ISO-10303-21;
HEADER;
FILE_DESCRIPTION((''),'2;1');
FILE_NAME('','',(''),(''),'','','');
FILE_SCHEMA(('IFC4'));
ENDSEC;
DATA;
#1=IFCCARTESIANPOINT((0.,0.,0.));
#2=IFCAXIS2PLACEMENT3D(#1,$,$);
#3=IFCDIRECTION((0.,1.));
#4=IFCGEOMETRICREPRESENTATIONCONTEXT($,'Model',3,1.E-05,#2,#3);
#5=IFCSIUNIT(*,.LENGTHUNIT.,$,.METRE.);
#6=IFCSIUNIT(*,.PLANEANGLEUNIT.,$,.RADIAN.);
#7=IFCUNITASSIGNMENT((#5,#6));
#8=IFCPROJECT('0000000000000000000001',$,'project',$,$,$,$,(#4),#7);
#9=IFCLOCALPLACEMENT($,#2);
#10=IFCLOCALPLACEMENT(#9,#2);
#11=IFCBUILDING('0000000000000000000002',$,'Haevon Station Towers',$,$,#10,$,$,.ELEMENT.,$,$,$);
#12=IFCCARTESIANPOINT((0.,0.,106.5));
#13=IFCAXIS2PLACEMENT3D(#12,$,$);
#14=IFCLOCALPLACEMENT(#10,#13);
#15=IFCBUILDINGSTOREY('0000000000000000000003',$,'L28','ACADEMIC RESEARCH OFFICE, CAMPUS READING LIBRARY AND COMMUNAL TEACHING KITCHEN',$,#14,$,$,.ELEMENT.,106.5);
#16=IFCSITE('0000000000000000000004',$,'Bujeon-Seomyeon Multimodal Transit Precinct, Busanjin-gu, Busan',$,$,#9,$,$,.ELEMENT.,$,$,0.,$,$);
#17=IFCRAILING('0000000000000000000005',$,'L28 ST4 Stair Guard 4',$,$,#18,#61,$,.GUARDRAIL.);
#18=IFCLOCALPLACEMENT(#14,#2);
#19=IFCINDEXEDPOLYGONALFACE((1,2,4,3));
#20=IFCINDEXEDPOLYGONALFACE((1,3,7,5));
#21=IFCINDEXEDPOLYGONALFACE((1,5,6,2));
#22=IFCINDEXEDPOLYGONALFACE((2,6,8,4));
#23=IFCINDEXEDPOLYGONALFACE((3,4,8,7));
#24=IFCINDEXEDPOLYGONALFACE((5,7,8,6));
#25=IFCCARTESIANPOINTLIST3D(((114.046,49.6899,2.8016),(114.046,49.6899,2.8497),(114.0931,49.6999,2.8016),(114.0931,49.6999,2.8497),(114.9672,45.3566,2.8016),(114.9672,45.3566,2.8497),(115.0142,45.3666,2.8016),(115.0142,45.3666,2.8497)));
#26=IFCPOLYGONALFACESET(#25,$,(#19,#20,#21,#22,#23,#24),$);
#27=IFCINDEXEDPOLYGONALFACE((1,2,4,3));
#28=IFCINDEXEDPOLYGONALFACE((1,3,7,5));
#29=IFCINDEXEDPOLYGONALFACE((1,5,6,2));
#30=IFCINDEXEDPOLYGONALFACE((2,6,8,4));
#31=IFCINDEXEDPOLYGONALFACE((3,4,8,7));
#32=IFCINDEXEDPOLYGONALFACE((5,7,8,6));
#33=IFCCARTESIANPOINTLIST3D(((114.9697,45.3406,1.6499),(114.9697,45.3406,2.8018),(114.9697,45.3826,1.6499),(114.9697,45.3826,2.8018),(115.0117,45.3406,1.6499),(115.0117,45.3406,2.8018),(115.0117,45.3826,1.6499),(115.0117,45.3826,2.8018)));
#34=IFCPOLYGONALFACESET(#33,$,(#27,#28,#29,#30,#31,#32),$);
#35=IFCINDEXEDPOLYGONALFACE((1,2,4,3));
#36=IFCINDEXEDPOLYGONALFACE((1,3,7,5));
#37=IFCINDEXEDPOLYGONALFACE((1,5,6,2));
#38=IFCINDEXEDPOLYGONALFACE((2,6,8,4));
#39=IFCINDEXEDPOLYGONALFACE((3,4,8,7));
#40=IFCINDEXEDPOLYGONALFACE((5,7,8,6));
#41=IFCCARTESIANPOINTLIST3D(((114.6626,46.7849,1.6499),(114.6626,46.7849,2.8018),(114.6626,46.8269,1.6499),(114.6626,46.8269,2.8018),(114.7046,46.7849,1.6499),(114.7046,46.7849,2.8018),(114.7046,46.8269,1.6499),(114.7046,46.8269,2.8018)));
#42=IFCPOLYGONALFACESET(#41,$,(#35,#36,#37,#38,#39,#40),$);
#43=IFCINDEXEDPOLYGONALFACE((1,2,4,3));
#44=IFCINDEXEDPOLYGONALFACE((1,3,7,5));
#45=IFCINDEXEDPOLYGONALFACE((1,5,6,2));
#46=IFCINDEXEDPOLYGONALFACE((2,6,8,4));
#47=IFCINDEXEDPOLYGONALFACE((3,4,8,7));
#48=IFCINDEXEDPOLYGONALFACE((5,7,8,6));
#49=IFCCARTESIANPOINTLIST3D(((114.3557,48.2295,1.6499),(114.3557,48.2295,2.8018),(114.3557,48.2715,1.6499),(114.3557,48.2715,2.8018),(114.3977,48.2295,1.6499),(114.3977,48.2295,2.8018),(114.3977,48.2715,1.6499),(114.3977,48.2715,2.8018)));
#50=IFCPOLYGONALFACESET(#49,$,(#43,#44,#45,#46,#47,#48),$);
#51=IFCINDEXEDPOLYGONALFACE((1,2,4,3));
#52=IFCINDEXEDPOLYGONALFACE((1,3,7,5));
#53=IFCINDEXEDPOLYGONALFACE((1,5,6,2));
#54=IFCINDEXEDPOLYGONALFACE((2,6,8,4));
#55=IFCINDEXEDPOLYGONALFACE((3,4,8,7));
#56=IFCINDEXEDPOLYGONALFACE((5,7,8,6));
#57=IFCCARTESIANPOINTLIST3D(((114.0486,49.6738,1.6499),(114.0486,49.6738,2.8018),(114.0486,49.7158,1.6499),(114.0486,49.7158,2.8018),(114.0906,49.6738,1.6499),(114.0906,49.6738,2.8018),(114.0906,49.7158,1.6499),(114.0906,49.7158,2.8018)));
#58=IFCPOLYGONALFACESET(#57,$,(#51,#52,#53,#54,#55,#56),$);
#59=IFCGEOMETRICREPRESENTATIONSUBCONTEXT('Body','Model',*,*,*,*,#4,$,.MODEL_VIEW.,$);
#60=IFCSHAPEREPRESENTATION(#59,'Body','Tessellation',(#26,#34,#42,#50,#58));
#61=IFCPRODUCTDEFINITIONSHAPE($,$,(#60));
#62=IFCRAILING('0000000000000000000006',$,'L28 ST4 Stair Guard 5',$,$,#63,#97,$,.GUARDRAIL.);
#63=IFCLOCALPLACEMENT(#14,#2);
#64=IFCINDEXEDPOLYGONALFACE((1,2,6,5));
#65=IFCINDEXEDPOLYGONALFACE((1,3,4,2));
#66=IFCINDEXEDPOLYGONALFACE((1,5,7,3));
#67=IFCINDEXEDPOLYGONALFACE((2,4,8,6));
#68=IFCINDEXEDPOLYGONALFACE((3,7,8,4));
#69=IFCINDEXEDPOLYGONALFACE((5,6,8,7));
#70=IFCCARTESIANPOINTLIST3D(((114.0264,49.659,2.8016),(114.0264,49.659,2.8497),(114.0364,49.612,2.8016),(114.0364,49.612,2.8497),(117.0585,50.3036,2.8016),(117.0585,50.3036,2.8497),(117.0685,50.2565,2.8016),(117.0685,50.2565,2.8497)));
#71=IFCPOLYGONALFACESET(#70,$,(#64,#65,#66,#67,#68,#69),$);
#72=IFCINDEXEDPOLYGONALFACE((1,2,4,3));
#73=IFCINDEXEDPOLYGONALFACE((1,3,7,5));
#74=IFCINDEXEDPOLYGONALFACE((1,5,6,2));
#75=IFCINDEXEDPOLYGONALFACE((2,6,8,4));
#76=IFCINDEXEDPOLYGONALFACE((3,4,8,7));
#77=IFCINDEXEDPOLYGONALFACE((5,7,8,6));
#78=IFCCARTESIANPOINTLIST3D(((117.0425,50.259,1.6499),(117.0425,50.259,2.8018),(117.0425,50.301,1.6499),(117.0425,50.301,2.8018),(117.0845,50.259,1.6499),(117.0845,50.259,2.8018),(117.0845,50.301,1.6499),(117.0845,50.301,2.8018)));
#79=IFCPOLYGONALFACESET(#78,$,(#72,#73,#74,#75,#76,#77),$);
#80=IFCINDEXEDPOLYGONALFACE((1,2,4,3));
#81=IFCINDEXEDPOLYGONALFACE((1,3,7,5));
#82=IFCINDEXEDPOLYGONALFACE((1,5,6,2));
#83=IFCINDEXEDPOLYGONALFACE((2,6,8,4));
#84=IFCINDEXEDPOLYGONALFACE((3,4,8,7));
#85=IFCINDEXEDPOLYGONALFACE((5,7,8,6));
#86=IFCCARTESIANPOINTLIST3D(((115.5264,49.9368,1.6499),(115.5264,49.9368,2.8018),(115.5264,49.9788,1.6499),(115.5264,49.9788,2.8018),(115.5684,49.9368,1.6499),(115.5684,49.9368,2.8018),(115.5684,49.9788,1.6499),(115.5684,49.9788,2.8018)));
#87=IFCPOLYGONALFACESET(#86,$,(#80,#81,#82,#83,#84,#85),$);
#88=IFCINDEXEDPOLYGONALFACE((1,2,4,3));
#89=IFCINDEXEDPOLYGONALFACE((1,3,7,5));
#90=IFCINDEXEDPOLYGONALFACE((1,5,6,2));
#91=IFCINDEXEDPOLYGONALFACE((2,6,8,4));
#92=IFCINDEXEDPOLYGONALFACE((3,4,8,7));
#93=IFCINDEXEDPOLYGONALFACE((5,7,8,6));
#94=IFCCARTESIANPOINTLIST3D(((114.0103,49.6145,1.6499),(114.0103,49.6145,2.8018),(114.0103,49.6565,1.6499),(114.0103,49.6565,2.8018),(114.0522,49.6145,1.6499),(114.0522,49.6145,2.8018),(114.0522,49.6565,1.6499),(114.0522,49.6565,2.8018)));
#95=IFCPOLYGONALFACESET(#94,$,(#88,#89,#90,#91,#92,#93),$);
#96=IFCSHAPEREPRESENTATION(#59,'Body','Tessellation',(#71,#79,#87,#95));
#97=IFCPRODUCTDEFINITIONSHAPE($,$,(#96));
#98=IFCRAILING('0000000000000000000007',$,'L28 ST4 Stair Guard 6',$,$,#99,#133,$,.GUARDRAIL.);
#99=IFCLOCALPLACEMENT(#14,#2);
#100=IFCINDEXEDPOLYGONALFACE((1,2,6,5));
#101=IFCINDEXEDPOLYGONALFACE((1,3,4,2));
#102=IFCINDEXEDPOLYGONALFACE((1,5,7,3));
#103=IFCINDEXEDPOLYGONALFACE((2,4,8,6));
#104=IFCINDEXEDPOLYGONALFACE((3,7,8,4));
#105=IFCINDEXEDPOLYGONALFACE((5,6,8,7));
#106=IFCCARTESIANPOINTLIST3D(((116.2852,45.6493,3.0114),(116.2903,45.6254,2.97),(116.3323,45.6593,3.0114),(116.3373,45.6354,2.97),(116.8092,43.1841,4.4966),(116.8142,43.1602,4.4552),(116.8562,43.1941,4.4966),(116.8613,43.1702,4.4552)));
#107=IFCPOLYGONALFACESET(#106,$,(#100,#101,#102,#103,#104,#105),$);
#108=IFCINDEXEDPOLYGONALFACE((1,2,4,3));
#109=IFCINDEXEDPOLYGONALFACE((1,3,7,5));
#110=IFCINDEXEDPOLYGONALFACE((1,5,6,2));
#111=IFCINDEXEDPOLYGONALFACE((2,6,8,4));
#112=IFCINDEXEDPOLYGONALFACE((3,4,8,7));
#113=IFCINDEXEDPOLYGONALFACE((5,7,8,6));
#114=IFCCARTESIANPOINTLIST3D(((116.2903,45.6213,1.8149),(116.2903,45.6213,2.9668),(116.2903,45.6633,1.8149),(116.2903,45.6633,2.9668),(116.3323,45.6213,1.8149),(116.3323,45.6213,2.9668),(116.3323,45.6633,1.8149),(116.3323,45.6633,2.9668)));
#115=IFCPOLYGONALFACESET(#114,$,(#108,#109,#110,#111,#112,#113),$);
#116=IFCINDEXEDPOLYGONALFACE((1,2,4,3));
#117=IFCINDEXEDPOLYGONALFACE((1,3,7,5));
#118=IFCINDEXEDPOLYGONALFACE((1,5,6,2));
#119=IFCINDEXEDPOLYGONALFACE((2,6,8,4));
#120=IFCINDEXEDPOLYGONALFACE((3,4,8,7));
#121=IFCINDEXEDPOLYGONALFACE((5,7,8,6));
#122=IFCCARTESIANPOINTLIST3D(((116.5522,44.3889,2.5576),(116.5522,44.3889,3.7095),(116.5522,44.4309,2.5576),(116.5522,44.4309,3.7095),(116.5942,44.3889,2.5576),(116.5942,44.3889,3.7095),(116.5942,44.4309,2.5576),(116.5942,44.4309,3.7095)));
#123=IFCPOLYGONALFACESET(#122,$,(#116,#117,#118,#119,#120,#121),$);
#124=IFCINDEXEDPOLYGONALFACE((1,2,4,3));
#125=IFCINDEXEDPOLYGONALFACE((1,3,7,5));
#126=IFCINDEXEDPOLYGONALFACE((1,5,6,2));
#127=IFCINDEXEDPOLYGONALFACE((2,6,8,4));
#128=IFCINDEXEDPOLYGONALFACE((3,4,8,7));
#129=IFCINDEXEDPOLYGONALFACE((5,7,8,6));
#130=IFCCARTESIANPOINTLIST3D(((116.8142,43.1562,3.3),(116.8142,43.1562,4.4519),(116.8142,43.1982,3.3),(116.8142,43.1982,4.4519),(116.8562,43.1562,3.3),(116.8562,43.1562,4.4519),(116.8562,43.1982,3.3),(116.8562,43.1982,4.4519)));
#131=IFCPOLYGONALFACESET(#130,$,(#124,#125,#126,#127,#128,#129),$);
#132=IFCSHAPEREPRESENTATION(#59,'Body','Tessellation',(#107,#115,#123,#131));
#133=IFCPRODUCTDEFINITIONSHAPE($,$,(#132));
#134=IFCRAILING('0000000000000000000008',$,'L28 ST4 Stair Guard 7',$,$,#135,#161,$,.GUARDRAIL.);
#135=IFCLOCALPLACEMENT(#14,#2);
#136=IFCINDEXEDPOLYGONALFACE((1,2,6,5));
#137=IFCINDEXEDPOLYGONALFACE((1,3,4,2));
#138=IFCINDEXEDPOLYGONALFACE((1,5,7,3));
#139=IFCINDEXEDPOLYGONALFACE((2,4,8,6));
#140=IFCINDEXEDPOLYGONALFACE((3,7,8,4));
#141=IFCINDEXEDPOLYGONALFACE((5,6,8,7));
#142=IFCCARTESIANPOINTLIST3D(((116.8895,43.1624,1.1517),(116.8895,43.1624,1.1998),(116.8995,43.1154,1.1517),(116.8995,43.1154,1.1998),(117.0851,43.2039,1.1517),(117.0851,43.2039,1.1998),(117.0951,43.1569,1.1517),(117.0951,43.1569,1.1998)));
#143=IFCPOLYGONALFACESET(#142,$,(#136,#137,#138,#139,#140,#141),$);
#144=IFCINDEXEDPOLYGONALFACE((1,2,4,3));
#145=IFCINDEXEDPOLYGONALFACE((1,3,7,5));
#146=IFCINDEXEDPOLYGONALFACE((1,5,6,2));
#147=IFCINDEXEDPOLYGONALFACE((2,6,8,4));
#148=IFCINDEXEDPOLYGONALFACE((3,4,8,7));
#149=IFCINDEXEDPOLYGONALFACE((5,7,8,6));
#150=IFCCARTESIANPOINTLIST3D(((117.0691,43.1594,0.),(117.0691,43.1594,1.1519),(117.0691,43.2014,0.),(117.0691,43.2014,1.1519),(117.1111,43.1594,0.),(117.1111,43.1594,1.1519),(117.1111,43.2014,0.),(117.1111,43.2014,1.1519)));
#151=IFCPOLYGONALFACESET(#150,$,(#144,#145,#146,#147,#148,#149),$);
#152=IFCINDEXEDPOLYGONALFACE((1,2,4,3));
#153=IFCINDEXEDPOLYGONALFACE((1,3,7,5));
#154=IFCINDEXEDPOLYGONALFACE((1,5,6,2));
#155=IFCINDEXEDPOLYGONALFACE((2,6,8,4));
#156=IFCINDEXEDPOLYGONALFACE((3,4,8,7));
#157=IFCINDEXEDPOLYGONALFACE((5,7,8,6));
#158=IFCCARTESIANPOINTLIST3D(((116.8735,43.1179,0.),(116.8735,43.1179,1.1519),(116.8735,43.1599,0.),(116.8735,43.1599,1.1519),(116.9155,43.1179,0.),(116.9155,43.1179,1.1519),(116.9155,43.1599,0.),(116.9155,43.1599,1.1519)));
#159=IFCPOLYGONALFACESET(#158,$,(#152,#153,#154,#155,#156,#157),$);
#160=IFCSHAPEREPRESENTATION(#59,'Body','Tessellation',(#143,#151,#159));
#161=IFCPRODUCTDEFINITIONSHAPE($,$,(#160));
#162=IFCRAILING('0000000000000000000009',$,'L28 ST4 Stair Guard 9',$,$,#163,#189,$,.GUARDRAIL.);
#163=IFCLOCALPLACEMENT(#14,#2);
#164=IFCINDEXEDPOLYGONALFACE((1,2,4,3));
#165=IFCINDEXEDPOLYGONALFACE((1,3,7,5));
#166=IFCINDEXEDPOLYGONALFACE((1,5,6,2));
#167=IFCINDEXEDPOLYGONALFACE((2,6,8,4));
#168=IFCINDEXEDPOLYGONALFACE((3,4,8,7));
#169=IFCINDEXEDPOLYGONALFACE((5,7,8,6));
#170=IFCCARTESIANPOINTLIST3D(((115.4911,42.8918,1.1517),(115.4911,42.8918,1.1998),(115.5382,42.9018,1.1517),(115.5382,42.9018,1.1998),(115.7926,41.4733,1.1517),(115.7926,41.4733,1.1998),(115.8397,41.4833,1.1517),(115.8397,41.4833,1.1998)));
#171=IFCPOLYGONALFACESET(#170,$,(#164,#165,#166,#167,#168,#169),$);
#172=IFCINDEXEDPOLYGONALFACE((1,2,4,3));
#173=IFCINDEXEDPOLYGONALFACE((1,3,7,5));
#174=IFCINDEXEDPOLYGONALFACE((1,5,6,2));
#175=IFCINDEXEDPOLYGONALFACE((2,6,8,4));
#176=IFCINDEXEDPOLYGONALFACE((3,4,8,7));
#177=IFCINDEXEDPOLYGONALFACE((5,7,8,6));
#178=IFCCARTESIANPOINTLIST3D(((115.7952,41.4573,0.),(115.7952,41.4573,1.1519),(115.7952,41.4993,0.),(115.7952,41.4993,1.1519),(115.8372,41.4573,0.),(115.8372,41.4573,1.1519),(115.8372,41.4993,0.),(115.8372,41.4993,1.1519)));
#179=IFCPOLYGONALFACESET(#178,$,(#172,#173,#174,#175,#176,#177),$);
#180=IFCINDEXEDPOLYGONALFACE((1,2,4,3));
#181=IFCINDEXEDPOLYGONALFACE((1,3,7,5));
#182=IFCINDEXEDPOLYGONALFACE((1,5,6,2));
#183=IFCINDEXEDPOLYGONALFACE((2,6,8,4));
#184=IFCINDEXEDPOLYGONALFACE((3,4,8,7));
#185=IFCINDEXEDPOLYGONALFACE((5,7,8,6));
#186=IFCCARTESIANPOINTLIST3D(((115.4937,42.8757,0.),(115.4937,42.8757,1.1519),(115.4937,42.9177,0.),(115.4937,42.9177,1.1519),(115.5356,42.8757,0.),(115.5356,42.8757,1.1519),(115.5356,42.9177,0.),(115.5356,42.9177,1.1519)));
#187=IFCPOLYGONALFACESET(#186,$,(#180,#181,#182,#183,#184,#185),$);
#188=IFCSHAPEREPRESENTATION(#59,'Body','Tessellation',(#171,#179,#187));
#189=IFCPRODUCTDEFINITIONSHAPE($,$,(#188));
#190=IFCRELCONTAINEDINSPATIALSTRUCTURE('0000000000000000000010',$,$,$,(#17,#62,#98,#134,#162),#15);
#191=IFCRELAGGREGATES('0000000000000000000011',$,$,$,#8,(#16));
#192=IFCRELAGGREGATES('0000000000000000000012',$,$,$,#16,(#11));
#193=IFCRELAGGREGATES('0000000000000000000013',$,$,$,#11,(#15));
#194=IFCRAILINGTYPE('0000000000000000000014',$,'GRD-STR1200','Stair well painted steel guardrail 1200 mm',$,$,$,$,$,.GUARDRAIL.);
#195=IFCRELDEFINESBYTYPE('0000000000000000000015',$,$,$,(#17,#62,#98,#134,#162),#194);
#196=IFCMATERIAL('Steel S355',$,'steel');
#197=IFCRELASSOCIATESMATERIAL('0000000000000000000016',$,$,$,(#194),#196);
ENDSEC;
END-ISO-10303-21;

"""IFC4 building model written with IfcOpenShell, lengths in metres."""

from ifc_helpers import new_model, si_unit, direction, frame, origin, origin_2d, place, context, subcontext, project, spatial, rectangle, extrude, material, type_object, element, save


model = new_model("IFC4")

# Units and contexts
model_context = context("Model", 3, precision=1e-05, world=origin(), true_north=direction((0.0, 1.0)))
body_context = subcontext(model_context, "Body", "Model", "MODEL_VIEW")
ifc_project = project(units=[si_unit("LENGTHUNIT", "METRE"), si_unit("PLANEANGLEUNIT", "RADIAN")], contexts=[model_context])

# Site, building, storey
site_placement = place(None, origin())
site = spatial("IfcSite", under=ifc_project, at=site_placement, Name="Bujeon-Seomyeon Multimodal Transit Precinct, Busanjin-gu, Busan", CompositionType="ELEMENT", RefElevation=0.0)
building_placement = place(site_placement, origin())
building = spatial("IfcBuilding", under=site, at=building_placement, Name="Haevon Station Towers", CompositionType="ELEMENT")
storey_placement = place(building_placement, frame((0.0, 0.0, 106.5)))
storey = spatial("IfcBuildingStorey", under=building, at=storey_placement, Name="L28", Description="ACADEMIC RESEARCH OFFICE, CAMPUS READING LIBRARY AND COMMUNAL TEACHING KITCHEN", CompositionType="ELEMENT", Elevation=106.5)

# Railings
ifc_material_1 = material(Name="Steel S355", Category="steel")
railing_type_1 = type_object("IfcRailingType", Name="GRD-STR1200", Description="Stair well painted steel guardrail 1200 mm", PredefinedType="GUARDRAIL", material=ifc_material_1)
railing_1_placement = place(storey_placement, frame((114.9907, 45.3616, 1.6499)))
element("IfcRailing", 1, at=railing_1_placement, inside=storey, type_object=railing_type_1, Name="L28 ST4 Stair Guard 4", PredefinedType="GUARDRAIL", context=body_context, shape_type="SweptSolid", body=[
    extrude(rectangle(XDim=0.0481, YDim=0.0481, at=origin_2d()), frame((0.0, 0.0, 1.1758), z_axis=(-0.207929, 0.978144, 0.0), x_axis=(-0.978144, -0.207929, 0.0)), (0.0, 0.0, 1.0), 4.4302),
    extrude(rectangle(XDim=0.042, YDim=0.042, at=origin_2d()), origin(), (0.0, 0.0, 1.0), 1.1519),
    extrude(rectangle(XDim=0.042, YDim=0.042, at=origin_2d()), frame((-0.3071, 1.4443, 0.0)), (0.0, 0.0, 1.0), 1.1519),
    extrude(rectangle(XDim=0.042, YDim=0.042, at=origin_2d()), frame((-0.614, 2.8889, 0.0)), (0.0, 0.0, 1.0), 1.1519),
    extrude(rectangle(XDim=0.042, YDim=0.042, at=origin_2d()), frame((-0.9211, 4.3333, 0.0)), (0.0, 0.0, 1.0), 1.1519),
])
railing_2_placement = place(storey_placement, frame((117.0635, 50.28, 1.6499)))
element("IfcRailing", 2, at=railing_2_placement, inside=storey, type_object=railing_type_1, Name="L28 ST4 Stair Guard 5", PredefinedType="GUARDRAIL", context=body_context, shape_type="SweptSolid", body=[
    extrude(rectangle(XDim=0.0481, YDim=0.0481, at=origin_2d()), frame((0.0, 0.0, 1.1758), z_axis=(-0.978147, -0.207915, 0.0), x_axis=(0.207915, -0.978147, 0.0)), (0.0, 0.0, 1.0), 3.0999),
    extrude(rectangle(XDim=0.042, YDim=0.042, at=origin_2d()), origin(), (0.0, 0.0, 1.0), 1.1519),
    extrude(rectangle(XDim=0.042, YDim=0.042, at=origin_2d()), frame((-1.5161, -0.3223, 0.0)), (0.0, 0.0, 1.0), 1.1519),
    extrude(rectangle(XDim=0.042, YDim=0.042, at=origin_2d()), frame((-3.0322, -0.6445, 0.0)), (0.0, 0.0, 1.0), 1.1519),
])
railing_3_placement = place(storey_placement, frame((116.3113, 45.6423, 1.8149)))
element("IfcRailing", 3, at=railing_3_placement, inside=storey, type_object=railing_type_1, Name="L28 ST4 Stair Guard 6", PredefinedType="GUARDRAIL", context=body_context, shape_type="SweptSolid", body=[
    extrude(rectangle(XDim=0.0481, YDim=0.0481, at=origin_2d()), frame((0.0, 0.0, 1.1758), z_axis=(0.179109, -0.842712, 0.507697), x_axis=(0.978151, 0.207895, 0.0)), (0.0, 0.0, 1.0), 2.9253),
    extrude(rectangle(XDim=0.042, YDim=0.042, at=origin_2d()), origin(), (0.0, 0.0, 1.0), 1.1519),
    extrude(rectangle(XDim=0.042, YDim=0.042, at=origin_2d()), frame((0.262, -1.2324, 0.7427)), (0.0, 0.0, 1.0), 1.1519),
    extrude(rectangle(XDim=0.042, YDim=0.042, at=origin_2d()), frame((0.5239, -2.4651, 1.4851)), (0.0, 0.0, 1.0), 1.1519),
])
railing_4_placement = place(storey_placement, frame((117.0901, 43.1804, 0.0)))
element("IfcRailing", 4, at=railing_4_placement, inside=storey, type_object=railing_type_1, Name="L28 ST4 Stair Guard 7", PredefinedType="GUARDRAIL", context=body_context, shape_type="SweptSolid", body=[
    extrude(rectangle(XDim=0.0481, YDim=0.0481, at=origin_2d()), frame((0.0, 0.0, 1.1758), z_axis=(-0.978212, -0.20761, 0.0), x_axis=(0.20761, -0.978212, 0.0)), (0.0, 0.0, 1.0), 0.2),
    extrude(rectangle(XDim=0.042, YDim=0.042, at=origin_2d()), origin(), (0.0, 0.0, 1.0), 1.1519),
    extrude(rectangle(XDim=0.042, YDim=0.042, at=origin_2d()), frame((-0.1956, -0.0415, 0.0)), (0.0, 0.0, 1.0), 1.1519),
])
railing_5_placement = place(storey_placement, frame((115.8162, 41.4783, 0.0)))
element("IfcRailing", 5, at=railing_5_placement, inside=storey, type_object=railing_type_1, Name="L28 ST4 Stair Guard 9", PredefinedType="GUARDRAIL", context=body_context, shape_type="SweptSolid", body=[
    extrude(rectangle(XDim=0.0481, YDim=0.0481, at=origin_2d()), frame((0.0, 0.0, 1.1758), z_axis=(-0.207919, 0.978146, 0.0), x_axis=(-0.978146, -0.207919, 0.0)), (0.0, 0.0, 1.0), 1.4502),
    extrude(rectangle(XDim=0.042, YDim=0.042, at=origin_2d()), origin(), (0.0, 0.0, 1.0), 1.1519),
    extrude(rectangle(XDim=0.042, YDim=0.042, at=origin_2d()), frame((-0.3015, 1.4185, 0.0)), (0.0, 0.0, 1.0), 1.1519),
])

save(model, "model.ifc")
